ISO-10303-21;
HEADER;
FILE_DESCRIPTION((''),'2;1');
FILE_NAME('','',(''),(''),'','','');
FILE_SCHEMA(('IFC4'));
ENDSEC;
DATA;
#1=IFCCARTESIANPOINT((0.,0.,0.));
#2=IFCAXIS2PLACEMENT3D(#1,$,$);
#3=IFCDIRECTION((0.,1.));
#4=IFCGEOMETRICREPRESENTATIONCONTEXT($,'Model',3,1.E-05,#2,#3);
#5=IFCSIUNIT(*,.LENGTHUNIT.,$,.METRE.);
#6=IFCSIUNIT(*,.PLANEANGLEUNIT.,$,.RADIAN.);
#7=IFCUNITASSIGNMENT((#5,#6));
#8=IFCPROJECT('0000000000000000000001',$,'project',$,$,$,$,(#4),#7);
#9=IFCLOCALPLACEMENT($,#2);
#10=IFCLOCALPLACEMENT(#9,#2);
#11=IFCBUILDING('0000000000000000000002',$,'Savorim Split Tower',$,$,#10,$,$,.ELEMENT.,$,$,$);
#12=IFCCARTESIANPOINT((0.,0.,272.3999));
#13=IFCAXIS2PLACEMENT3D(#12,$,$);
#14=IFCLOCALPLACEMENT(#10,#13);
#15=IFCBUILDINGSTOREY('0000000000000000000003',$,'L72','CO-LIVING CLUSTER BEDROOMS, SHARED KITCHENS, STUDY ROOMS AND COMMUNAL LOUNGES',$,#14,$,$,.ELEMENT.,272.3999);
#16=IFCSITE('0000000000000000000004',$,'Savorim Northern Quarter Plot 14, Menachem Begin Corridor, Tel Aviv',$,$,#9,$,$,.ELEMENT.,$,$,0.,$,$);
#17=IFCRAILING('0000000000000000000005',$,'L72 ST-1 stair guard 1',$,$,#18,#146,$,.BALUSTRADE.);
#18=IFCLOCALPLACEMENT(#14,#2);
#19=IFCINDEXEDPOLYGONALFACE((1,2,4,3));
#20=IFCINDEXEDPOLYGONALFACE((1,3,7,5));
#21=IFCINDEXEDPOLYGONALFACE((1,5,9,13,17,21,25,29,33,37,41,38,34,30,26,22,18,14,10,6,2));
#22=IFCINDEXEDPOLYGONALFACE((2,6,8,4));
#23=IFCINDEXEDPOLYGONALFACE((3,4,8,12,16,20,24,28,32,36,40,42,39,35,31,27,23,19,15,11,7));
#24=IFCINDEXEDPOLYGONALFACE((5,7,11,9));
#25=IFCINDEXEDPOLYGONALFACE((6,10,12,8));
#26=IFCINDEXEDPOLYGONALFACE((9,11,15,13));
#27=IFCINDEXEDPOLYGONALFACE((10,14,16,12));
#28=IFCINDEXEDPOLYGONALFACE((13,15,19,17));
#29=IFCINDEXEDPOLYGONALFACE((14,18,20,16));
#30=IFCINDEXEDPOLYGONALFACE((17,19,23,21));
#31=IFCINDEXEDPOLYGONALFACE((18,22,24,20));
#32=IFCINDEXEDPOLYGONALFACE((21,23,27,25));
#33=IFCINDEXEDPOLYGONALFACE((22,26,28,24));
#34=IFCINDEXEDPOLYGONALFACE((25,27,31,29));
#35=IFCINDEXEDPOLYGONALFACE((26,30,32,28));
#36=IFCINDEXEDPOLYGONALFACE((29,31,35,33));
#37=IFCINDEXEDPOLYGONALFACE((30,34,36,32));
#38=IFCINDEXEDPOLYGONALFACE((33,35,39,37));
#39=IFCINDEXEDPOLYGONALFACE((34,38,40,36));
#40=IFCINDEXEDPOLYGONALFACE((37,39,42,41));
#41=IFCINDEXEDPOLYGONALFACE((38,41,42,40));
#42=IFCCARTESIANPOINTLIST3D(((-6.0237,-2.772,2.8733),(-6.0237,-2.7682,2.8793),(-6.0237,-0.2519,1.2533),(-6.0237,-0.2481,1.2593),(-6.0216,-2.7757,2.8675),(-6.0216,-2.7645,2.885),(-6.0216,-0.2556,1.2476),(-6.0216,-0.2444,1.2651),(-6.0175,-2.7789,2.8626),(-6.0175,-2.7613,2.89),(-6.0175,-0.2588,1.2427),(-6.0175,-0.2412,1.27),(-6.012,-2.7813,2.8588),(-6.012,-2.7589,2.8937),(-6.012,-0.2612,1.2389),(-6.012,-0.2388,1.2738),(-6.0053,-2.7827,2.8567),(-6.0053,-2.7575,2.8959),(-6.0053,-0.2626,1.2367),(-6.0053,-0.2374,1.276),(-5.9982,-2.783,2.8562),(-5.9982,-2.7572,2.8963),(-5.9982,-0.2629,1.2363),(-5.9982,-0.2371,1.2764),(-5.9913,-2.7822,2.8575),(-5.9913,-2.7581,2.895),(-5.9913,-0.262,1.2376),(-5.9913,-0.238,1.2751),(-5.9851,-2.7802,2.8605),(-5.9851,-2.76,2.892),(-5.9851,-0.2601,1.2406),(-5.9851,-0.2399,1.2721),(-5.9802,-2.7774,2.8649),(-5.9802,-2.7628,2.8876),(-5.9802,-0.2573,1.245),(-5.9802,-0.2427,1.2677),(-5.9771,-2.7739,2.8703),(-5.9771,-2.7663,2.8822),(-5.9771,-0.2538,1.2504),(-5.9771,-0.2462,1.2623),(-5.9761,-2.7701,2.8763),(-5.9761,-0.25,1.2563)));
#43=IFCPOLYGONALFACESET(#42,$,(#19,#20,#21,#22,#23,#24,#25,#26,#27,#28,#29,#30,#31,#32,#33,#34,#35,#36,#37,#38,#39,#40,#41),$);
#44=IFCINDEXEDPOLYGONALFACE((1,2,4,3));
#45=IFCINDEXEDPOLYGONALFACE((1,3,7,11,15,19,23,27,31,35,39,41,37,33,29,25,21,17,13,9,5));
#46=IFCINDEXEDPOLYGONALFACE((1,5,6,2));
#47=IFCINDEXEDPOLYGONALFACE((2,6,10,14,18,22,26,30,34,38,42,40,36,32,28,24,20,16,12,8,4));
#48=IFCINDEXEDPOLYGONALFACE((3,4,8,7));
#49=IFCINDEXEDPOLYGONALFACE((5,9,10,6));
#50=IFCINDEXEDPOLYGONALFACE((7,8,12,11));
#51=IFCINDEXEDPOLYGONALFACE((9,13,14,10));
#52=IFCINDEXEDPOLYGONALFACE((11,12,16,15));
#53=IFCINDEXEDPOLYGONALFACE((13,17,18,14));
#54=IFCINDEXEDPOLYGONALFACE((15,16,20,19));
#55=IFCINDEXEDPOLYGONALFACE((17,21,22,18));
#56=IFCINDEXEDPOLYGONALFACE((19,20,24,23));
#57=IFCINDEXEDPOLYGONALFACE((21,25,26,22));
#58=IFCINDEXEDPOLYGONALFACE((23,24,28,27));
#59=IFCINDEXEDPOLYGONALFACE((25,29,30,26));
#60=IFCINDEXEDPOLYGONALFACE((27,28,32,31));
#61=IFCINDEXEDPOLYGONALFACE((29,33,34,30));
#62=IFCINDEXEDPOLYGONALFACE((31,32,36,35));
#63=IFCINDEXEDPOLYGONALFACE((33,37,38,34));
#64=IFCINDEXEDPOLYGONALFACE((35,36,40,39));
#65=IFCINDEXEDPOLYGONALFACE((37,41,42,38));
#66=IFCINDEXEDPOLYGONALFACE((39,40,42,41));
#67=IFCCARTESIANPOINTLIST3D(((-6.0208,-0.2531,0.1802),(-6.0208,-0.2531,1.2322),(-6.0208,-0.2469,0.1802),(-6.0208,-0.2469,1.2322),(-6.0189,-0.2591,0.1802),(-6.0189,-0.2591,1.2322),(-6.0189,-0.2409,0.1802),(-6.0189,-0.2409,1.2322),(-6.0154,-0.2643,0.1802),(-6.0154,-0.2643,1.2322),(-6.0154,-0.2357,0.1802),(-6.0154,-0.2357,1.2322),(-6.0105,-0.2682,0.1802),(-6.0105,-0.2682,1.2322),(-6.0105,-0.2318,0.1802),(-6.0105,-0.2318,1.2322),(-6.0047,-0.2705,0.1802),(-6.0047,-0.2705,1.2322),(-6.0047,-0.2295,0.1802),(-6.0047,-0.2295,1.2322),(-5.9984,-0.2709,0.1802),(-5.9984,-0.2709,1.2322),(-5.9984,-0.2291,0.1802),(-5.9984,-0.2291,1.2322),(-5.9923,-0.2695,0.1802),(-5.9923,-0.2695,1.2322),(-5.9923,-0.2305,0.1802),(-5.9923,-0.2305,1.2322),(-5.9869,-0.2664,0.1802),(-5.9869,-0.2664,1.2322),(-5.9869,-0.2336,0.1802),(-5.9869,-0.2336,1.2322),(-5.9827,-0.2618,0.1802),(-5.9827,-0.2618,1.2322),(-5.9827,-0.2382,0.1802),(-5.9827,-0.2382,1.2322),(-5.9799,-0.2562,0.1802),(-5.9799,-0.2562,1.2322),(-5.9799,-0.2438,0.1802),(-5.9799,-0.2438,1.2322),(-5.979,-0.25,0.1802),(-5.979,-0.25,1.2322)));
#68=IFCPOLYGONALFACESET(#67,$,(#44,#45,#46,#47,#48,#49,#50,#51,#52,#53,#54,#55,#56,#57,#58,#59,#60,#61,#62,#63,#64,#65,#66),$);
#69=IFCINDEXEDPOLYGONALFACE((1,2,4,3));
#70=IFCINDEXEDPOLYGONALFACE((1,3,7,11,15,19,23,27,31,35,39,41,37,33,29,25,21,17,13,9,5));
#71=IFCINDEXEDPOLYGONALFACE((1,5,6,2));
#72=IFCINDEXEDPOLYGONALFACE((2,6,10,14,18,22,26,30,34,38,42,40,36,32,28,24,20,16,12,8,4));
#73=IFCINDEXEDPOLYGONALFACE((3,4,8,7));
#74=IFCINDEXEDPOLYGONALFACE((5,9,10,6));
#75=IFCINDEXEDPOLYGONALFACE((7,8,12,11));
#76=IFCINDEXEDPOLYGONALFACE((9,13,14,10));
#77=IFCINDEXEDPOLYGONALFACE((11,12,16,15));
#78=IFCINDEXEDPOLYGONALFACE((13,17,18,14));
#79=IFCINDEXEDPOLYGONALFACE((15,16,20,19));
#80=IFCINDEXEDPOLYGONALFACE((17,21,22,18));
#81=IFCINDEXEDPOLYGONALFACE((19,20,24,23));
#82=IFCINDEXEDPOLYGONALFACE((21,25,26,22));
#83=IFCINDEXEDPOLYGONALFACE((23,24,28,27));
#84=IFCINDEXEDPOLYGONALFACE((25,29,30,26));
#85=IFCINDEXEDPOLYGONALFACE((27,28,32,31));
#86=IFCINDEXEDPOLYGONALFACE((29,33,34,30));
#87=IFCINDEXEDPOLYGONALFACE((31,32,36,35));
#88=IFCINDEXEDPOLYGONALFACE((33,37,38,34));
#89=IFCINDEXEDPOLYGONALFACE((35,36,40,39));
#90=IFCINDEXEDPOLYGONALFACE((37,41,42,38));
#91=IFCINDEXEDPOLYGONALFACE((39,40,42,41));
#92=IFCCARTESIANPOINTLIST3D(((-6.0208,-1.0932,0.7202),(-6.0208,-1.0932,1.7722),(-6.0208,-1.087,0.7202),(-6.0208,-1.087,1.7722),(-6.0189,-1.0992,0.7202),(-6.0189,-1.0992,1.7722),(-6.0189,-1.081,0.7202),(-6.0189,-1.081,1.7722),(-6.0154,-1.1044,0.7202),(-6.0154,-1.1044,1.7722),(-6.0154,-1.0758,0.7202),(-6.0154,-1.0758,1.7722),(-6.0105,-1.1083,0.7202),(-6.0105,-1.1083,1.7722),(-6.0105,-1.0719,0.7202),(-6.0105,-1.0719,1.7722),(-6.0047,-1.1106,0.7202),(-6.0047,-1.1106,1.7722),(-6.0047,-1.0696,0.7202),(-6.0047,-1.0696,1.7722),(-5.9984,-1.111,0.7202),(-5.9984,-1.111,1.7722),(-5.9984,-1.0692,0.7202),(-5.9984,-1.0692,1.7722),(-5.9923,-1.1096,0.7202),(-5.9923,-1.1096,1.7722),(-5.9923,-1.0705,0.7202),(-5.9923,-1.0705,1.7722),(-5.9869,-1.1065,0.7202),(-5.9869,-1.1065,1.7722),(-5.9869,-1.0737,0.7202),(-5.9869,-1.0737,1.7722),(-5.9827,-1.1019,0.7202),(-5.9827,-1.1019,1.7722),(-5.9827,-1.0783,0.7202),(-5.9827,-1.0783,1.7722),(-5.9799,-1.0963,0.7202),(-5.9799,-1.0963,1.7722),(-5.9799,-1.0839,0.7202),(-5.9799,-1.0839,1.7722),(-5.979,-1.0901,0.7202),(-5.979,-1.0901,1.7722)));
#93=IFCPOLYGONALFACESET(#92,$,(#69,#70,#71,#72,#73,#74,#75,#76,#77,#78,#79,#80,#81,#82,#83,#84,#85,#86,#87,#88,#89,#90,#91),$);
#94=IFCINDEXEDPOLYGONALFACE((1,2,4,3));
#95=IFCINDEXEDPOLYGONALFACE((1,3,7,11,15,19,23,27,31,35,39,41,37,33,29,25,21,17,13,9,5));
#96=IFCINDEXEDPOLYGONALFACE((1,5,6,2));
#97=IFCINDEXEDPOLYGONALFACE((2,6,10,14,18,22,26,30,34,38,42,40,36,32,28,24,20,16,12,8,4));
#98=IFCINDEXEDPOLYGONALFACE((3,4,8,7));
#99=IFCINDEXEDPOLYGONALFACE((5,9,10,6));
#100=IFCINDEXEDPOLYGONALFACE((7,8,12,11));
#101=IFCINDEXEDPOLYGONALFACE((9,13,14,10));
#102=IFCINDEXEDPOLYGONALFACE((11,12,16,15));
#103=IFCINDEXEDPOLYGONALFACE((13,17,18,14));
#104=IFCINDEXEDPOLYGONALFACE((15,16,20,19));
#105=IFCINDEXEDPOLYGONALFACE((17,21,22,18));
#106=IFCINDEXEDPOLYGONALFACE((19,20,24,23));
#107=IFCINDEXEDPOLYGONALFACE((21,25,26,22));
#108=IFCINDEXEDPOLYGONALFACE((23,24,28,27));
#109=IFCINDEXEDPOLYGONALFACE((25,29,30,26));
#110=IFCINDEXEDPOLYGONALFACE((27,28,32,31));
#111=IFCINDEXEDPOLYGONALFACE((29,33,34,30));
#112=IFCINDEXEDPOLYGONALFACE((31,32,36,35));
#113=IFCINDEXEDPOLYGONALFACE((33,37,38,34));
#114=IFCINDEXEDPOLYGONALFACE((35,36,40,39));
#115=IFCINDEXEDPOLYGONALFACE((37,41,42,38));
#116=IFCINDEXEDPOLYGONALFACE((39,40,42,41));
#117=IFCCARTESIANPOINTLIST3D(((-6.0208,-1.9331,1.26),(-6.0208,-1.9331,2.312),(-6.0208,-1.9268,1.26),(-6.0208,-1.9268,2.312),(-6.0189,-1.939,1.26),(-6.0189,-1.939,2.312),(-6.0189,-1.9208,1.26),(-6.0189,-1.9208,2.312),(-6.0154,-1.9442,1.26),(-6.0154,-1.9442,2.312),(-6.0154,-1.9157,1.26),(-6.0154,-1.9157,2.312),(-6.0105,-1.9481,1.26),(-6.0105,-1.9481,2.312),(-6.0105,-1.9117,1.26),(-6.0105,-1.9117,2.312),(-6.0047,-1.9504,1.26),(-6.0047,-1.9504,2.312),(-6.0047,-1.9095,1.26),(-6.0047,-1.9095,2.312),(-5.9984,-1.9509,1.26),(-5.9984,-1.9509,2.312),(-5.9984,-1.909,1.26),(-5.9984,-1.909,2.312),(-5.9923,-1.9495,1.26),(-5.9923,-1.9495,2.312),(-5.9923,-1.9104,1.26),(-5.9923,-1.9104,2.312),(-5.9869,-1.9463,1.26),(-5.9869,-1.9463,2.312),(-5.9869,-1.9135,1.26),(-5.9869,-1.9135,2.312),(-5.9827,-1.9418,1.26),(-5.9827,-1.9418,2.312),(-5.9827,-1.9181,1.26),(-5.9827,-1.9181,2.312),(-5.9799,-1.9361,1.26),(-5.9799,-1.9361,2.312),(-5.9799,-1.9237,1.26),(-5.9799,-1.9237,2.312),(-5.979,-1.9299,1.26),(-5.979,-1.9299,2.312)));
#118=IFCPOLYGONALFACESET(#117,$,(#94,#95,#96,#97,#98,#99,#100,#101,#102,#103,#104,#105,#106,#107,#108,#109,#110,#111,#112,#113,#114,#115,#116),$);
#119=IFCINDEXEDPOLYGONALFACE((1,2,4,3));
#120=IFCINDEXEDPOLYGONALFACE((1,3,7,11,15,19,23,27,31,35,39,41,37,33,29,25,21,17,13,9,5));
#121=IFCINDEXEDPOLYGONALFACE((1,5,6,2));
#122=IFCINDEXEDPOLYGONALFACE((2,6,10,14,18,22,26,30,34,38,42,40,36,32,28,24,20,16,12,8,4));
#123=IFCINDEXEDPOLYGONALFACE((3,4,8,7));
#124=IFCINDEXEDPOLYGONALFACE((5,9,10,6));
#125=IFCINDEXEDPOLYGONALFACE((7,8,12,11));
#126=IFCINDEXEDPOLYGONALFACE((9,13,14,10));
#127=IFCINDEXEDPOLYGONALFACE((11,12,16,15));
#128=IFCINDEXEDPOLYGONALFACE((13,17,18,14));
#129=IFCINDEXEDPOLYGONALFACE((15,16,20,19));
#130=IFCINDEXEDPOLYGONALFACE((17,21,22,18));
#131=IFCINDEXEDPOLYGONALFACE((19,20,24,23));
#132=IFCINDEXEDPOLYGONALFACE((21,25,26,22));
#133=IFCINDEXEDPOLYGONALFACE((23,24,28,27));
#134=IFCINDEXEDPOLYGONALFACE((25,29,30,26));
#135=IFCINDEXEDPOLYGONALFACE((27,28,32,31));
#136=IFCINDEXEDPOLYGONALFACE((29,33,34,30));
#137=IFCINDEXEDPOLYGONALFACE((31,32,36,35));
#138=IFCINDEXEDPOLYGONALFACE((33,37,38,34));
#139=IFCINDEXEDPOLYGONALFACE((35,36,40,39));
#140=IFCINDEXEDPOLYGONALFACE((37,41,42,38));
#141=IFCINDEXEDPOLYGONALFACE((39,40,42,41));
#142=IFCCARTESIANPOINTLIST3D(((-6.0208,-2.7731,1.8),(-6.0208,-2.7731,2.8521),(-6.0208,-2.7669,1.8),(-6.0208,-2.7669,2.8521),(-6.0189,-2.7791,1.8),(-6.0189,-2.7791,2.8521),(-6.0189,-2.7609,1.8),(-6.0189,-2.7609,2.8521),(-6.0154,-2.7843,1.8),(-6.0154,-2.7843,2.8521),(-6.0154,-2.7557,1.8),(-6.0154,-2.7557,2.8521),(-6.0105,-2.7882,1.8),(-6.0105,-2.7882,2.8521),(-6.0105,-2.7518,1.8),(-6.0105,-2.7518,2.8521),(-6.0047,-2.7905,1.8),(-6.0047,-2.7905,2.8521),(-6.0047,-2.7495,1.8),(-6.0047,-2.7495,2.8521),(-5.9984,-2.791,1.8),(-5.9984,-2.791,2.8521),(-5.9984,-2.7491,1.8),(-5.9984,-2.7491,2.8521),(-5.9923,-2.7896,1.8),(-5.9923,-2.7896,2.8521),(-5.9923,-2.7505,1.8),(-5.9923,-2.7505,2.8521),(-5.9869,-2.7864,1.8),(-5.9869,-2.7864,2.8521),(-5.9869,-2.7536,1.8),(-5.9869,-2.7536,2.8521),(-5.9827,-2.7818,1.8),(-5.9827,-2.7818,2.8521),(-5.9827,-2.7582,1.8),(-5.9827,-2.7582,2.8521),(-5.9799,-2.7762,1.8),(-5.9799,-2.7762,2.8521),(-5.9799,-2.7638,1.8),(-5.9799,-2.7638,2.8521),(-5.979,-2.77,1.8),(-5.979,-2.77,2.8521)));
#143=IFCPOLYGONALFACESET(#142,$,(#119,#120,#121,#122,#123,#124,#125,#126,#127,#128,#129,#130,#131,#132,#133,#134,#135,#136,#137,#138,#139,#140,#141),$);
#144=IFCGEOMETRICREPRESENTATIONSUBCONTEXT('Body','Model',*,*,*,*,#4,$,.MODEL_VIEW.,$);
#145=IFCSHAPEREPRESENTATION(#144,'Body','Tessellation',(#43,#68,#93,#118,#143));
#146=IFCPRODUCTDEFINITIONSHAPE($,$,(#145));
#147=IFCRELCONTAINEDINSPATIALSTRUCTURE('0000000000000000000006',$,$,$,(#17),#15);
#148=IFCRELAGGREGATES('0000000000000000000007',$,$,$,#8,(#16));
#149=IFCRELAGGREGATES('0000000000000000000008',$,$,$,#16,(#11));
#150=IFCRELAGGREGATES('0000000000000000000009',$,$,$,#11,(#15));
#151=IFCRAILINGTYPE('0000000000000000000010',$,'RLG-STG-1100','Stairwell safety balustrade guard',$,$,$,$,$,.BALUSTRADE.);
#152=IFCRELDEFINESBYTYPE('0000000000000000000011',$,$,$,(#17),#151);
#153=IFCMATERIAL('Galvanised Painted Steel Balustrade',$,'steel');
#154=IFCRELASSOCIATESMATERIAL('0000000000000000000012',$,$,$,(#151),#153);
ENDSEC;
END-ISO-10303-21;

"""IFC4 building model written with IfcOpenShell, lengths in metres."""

from ifc_helpers import new_model, si_unit, direction, frame, origin, origin_2d, place, context, subcontext, project, spatial, circle, extrude, material, type_object, element, save


model = new_model("IFC4")

# Units and contexts
model_context = context("Model", 3, precision=1e-05, world=origin(), true_north=direction((0.0, 1.0)))
body_context = subcontext(model_context, "Body", "Model", "MODEL_VIEW")
ifc_project = project(units=[si_unit("LENGTHUNIT", "METRE"), si_unit("PLANEANGLEUNIT", "RADIAN")], contexts=[model_context])

# Site, building, storey
site_placement = place(None, origin())
site = spatial("IfcSite", under=ifc_project, at=site_placement, Name="Savorim Northern Quarter Plot 14, Menachem Begin Corridor, Tel Aviv", CompositionType="ELEMENT", RefElevation=0.0)
building_placement = place(site_placement, origin())
building = spatial("IfcBuilding", under=site, at=building_placement, Name="Savorim Split Tower", CompositionType="ELEMENT")
storey_placement = place(building_placement, frame((0.0, 0.0, 272.3999)))
storey = spatial("IfcBuildingStorey", under=building, at=storey_placement, Name="L72", Description="CO-LIVING CLUSTER BEDROOMS, SHARED KITCHENS, STUDY ROOMS AND COMMUNAL LOUNGES", CompositionType="ELEMENT", Elevation=272.3999)

# Railing
ifc_material_1 = material(Name="Galvanised Painted Steel Balustrade", Category="steel")
railing_type_1 = type_object("IfcRailingType", Name="RLG-STG-1100", Description="Stairwell safety balustrade guard", PredefinedType="BALUSTRADE", material=ifc_material_1)
railing_1_placement = place(storey_placement, frame((-6.0, -0.25, 0.1802)))
element("IfcRailing", 1, at=railing_1_placement, inside=storey, type_object=railing_type_1, Name="L72 ST-1 stair guard 1", PredefinedType="BALUSTRADE", context=body_context, shape_type="SweptSolid", body=[
    extrude(circle(Radius=0.0239, at=origin_2d()), frame((0.0, 0.0, 1.0762), z_axis=(0.0, -0.8412, 0.540725), x_axis=(1.0, 0.0, 0.0)), (0.0, 0.0, 1.0), 2.9958),
    extrude(circle(Radius=0.021, at=origin_2d()), origin(), (0.0, 0.0, 1.0), 1.052),
    extrude(circle(Radius=0.021, at=origin_2d()), frame((0.0, -0.8401, 0.54)), (0.0, 0.0, 1.0), 1.052),
    extrude(circle(Radius=0.021, at=origin_2d()), frame((0.0, -1.6799, 1.0798)), (0.0, 0.0, 1.0), 1.052),
    extrude(circle(Radius=0.021, at=origin_2d()), frame((0.0, -2.52, 1.6199)), (0.0, 0.0, 1.0), 1.052),
])

save(model, "model.ifc")
